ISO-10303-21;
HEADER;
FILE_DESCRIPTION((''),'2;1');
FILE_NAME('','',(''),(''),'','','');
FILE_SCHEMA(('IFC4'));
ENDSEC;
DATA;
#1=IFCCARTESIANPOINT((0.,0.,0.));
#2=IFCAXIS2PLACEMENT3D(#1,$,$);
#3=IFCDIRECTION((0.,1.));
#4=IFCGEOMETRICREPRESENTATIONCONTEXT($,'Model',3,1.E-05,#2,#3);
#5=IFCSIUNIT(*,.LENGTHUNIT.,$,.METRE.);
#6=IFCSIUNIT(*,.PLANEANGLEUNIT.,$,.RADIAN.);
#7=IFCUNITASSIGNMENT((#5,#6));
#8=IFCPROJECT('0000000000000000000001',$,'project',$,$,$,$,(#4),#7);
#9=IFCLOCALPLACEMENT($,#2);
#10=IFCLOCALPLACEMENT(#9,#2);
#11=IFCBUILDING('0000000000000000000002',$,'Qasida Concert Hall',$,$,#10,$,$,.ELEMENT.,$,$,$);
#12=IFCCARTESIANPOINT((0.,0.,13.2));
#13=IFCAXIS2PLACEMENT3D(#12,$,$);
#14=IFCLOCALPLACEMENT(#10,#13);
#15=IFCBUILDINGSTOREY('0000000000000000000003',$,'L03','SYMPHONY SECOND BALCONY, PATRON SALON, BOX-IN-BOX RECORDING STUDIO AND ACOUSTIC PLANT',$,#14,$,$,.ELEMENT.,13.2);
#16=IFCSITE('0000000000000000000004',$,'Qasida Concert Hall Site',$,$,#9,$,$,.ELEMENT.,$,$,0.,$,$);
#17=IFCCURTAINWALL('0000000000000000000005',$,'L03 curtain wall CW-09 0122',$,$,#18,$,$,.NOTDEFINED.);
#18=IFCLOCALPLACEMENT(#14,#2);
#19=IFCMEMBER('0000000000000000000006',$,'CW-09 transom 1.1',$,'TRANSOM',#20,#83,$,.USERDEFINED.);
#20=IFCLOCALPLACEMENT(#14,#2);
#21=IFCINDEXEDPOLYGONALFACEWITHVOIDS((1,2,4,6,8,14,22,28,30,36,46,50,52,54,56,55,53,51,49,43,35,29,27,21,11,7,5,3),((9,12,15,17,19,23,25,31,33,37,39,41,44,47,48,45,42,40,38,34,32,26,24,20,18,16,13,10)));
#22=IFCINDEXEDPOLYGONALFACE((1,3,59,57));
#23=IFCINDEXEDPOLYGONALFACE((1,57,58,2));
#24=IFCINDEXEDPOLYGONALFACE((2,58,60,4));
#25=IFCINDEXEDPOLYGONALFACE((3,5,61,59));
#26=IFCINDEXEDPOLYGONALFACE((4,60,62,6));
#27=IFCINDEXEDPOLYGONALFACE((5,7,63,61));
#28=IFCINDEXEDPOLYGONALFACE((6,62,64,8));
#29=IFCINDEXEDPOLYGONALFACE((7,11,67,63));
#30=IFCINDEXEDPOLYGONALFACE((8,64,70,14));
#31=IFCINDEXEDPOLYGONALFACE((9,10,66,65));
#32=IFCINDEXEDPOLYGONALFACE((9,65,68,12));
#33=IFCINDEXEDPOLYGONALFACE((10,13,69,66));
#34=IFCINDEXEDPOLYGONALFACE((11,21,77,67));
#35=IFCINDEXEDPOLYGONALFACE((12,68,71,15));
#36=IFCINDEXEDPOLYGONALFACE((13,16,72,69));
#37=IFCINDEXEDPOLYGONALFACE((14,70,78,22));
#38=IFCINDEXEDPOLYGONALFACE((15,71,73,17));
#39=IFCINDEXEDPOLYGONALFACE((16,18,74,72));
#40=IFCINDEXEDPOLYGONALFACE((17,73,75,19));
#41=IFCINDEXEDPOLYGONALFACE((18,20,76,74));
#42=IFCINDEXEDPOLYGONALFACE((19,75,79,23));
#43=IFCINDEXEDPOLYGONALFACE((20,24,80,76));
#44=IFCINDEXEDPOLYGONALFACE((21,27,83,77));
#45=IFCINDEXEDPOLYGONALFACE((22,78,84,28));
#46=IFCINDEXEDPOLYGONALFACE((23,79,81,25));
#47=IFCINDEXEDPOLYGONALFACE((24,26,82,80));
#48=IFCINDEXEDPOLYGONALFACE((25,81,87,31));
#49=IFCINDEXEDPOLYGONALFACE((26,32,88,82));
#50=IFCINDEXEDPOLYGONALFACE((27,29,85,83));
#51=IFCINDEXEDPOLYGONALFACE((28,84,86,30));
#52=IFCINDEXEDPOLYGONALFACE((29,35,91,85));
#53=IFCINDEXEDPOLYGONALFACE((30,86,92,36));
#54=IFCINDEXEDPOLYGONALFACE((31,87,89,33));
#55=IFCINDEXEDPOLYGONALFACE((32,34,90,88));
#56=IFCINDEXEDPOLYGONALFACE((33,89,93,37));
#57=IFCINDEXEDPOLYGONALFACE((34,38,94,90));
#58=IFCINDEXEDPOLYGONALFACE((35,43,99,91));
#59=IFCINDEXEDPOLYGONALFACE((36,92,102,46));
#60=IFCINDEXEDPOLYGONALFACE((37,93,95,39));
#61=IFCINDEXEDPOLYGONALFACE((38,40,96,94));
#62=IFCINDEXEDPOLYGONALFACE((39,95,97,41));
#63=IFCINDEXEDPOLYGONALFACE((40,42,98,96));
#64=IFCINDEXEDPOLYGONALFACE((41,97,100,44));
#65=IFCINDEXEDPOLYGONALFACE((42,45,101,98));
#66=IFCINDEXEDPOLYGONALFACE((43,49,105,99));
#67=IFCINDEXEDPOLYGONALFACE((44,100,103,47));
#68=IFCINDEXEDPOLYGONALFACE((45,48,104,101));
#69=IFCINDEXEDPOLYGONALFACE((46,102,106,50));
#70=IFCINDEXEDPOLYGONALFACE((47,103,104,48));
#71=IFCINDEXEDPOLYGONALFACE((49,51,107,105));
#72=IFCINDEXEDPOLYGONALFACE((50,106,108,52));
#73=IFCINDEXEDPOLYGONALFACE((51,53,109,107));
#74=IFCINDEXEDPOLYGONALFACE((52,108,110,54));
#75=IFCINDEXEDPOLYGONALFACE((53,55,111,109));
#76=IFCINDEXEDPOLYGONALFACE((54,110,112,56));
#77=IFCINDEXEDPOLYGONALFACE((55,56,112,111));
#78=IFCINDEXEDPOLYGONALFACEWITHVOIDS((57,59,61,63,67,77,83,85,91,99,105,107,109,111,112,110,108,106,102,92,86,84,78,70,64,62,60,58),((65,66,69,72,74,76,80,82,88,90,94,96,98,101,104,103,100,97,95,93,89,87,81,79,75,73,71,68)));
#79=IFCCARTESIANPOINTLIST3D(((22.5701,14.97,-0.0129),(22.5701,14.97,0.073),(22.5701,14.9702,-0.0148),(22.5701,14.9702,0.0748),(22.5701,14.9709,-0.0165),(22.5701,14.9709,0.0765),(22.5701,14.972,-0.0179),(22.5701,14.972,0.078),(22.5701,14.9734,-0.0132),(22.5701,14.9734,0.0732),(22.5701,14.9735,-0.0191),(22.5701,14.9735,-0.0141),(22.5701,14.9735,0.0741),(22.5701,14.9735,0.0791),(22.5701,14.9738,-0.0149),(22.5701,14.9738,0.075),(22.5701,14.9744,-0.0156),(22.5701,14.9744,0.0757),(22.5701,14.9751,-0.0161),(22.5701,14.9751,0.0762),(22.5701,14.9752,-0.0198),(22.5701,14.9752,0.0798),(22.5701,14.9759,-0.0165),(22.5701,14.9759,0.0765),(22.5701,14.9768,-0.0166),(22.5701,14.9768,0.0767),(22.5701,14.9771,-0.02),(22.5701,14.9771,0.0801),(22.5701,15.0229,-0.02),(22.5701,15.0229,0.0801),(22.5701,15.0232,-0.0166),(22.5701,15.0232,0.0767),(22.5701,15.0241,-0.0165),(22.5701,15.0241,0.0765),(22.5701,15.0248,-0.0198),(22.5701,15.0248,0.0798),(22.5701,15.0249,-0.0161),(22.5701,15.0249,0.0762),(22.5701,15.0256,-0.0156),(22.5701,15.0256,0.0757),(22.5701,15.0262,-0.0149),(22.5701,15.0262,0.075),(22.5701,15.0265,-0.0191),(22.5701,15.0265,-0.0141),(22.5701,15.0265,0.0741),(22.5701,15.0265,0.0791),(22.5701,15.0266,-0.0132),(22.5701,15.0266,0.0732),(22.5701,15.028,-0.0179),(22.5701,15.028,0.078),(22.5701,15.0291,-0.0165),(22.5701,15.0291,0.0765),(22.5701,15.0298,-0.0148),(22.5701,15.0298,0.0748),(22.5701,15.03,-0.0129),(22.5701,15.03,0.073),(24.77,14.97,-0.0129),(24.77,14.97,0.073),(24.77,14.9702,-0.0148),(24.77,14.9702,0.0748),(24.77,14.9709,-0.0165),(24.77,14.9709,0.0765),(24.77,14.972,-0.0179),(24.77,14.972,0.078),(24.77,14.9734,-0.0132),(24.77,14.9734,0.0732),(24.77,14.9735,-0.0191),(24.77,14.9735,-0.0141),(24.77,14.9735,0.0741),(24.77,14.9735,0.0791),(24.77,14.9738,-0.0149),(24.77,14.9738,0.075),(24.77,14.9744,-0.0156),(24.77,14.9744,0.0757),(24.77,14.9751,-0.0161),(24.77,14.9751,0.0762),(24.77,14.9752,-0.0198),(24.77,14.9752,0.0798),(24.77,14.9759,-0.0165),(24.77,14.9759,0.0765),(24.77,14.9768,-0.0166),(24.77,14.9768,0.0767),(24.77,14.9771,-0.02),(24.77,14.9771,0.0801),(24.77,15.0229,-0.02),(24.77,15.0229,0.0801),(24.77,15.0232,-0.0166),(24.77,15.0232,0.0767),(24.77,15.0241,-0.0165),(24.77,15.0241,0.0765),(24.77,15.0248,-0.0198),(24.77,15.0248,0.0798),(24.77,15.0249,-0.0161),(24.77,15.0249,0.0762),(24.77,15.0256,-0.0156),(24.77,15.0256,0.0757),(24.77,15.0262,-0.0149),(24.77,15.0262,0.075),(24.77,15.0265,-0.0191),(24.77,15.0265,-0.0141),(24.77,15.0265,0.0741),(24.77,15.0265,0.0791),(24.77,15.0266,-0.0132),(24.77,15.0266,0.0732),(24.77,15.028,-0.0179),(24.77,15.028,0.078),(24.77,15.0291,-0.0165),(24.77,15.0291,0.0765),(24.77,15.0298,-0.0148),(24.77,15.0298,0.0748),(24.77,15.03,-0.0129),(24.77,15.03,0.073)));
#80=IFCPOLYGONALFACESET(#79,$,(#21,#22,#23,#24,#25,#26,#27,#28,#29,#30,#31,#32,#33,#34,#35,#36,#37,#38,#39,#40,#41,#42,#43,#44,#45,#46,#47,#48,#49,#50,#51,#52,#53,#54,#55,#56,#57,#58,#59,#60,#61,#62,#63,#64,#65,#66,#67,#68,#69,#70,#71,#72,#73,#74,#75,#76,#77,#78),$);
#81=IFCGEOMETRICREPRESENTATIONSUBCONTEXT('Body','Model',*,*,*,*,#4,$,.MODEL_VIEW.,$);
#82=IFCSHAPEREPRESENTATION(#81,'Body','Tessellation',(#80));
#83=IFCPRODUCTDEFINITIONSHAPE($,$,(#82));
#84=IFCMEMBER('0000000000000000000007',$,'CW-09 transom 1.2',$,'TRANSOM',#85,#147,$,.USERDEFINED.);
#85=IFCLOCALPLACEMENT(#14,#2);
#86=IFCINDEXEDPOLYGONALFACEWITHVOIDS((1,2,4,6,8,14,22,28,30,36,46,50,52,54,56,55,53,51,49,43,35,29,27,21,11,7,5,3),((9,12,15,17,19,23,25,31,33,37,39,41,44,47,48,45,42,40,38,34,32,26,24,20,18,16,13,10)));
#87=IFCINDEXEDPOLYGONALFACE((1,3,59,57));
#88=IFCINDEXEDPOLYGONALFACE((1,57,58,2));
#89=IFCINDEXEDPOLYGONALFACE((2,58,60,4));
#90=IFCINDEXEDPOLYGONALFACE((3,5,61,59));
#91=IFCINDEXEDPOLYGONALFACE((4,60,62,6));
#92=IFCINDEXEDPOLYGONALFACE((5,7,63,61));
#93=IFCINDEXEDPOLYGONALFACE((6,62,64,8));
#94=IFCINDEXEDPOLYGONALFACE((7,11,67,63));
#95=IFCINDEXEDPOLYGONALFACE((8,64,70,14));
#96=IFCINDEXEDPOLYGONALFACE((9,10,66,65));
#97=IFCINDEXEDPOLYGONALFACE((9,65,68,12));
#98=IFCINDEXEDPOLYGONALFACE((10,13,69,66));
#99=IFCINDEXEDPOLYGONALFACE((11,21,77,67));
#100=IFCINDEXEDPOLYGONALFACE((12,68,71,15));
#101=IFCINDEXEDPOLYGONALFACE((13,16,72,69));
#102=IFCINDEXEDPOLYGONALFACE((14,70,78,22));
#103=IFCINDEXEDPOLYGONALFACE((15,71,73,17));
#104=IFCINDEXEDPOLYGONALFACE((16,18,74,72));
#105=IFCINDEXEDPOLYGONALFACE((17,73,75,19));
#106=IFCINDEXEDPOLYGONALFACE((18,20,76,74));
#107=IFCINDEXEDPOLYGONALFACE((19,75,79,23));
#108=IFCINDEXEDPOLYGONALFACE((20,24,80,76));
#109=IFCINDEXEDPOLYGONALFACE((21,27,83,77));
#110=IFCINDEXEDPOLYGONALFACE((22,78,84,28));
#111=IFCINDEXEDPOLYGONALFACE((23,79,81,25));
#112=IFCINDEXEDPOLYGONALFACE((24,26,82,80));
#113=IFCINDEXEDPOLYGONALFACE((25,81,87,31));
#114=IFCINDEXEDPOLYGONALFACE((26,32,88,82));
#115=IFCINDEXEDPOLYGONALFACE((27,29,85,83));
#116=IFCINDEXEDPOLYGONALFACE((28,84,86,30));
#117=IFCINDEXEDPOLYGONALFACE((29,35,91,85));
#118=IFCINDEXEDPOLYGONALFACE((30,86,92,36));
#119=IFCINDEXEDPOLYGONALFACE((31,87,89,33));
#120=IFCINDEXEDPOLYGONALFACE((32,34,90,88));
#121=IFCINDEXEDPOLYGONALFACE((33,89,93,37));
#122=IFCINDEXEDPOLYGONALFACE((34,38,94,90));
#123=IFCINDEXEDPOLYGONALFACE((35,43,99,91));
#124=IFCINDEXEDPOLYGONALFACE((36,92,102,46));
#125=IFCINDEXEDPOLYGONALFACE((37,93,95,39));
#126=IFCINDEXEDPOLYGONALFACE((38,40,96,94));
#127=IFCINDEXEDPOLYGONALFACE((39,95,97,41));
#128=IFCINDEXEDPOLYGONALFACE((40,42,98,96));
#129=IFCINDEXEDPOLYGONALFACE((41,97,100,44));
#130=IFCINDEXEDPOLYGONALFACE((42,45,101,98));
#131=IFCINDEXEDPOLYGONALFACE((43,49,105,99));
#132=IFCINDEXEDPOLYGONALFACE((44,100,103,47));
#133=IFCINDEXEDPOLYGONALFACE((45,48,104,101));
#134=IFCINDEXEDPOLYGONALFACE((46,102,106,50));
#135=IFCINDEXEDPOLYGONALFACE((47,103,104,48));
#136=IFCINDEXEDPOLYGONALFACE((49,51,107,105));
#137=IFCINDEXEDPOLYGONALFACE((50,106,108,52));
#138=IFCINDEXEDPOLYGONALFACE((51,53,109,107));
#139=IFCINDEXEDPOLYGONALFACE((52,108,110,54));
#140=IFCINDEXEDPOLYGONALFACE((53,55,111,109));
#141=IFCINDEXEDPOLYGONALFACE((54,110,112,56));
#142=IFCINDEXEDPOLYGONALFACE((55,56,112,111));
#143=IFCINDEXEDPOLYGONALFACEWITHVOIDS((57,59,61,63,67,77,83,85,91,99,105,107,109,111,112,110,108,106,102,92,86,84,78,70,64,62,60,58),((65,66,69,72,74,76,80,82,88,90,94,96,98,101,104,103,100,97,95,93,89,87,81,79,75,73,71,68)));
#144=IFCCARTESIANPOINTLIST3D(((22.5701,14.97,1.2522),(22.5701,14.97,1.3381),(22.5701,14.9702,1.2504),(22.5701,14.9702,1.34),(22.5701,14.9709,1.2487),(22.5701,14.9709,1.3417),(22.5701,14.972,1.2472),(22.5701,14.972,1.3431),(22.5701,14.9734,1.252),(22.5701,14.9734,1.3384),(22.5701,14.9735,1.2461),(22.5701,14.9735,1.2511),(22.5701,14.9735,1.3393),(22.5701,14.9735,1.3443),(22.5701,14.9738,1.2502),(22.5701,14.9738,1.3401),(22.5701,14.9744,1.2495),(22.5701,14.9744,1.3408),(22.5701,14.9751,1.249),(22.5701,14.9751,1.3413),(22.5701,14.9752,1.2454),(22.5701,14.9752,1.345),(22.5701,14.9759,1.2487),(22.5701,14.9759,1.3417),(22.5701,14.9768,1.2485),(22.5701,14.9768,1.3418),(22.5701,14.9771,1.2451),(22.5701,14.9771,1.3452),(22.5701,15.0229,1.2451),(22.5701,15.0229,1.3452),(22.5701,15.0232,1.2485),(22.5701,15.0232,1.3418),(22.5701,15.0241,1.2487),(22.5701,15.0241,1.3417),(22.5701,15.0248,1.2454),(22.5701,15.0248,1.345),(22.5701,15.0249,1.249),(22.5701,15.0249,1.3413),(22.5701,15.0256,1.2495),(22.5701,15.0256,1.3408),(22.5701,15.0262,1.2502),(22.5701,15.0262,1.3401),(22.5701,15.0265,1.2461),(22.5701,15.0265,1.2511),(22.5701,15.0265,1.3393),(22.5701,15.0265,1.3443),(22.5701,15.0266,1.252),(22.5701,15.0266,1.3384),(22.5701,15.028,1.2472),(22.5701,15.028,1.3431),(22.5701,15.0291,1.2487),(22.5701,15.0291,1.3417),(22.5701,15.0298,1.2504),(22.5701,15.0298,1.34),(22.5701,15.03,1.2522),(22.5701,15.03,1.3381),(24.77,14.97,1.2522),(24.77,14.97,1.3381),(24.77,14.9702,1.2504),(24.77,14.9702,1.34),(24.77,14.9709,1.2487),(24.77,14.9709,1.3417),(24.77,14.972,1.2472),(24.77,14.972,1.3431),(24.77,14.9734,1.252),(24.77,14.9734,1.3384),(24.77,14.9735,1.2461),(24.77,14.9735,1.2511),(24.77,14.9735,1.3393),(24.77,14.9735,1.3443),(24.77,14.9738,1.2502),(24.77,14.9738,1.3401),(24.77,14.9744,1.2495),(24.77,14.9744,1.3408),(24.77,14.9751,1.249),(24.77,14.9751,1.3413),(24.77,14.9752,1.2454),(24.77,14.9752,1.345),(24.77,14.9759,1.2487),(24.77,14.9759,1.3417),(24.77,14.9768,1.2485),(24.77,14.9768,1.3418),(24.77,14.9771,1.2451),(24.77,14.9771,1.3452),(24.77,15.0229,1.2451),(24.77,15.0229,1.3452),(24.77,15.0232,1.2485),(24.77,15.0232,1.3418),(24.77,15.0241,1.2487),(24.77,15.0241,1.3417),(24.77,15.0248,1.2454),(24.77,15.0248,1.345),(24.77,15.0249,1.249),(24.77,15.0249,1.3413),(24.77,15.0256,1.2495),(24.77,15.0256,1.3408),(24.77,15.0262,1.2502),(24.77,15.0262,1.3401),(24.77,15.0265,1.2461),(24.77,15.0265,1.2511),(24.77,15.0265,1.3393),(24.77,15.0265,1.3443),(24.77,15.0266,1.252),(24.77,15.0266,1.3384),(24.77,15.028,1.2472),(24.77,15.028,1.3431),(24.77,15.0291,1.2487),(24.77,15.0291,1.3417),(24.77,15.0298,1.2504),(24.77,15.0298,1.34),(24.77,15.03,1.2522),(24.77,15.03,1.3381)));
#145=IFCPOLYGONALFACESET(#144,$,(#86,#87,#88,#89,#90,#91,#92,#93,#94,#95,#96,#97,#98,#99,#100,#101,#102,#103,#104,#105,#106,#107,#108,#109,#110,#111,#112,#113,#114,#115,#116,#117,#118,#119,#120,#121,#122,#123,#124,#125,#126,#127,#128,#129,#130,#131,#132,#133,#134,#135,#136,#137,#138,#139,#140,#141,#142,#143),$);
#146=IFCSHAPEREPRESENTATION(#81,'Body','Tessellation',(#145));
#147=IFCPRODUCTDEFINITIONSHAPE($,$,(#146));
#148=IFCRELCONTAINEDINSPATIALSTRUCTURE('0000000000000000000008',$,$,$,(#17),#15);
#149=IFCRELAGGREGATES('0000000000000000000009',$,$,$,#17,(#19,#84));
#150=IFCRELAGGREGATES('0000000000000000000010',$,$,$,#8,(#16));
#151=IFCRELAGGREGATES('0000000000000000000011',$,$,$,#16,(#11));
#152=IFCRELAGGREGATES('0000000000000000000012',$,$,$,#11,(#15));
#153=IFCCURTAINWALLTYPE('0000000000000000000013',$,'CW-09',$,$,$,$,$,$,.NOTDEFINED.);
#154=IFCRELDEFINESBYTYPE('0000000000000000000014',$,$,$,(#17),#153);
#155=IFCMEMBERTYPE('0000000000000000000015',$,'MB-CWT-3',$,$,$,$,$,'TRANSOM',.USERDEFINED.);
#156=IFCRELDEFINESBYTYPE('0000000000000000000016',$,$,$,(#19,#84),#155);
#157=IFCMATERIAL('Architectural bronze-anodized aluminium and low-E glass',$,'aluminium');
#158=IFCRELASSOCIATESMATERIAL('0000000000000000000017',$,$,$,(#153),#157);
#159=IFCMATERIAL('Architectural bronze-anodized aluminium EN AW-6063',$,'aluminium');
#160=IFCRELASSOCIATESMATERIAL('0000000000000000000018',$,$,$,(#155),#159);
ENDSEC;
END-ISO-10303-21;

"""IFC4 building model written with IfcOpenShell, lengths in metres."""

from ifc_helpers import new_model, si_unit, direction, frame, origin, origin_2d, place, context, subcontext, project, spatial, hollow_rectangle, extrude, material, material_profile, profile_set, type_object, element, aggregate, save


model = new_model("IFC4")

# Units and contexts
model_context = context("Model", 3, precision=1e-05, world=origin(), true_north=direction((0.0, 1.0)))
body_context = subcontext(model_context, "Body", "Model", "MODEL_VIEW")
ifc_project = project(units=[si_unit("LENGTHUNIT", "METRE"), si_unit("PLANEANGLEUNIT", "RADIAN")], contexts=[model_context])

# Site, building, storey
site_placement = place(None, origin())
site = spatial("IfcSite", under=ifc_project, at=site_placement, Name="Qasida Concert Hall Site", CompositionType="ELEMENT", RefElevation=0.0)
building_placement = place(site_placement, origin())
building = spatial("IfcBuilding", under=site, at=building_placement, Name="Qasida Concert Hall", CompositionType="ELEMENT")
storey_placement = place(building_placement, frame((0.0, 0.0, 13.2)))
storey = spatial("IfcBuildingStorey", under=building, at=storey_placement, Name="L03", Description="SYMPHONY SECOND BALCONY, PATRON SALON, BOX-IN-BOX RECORDING STUDIO AND ACOUSTIC PLANT", CompositionType="ELEMENT", Elevation=13.2)

# Shared definitions
ifc_material_1 = material(Name="Architectural bronze-anodized aluminium and low-E glass", Category="aluminium")
curtain_wall_type = type_object("IfcCurtainWallType", Name="CW-09", PredefinedType="NOTDEFINED", material=ifc_material_1)
ifc_material_2 = material(Name="Architectural bronze-anodized aluminium EN AW-6063", Category="aluminium")

# Curtain wall
curtain_wall_1_placement = place(storey_placement, origin())
curtain_wall_1 = element("IfcCurtainWall", 1, at=curtain_wall_1_placement, inside=storey, type_object=curtain_wall_type, Name="L03 curtain wall CW-09 0122", PredefinedType="NOTDEFINED")

# Members
ifc_material_profile_1 = material_profile(ifc_material_2, hollow_rectangle(XDim=0.0601, YDim=0.1001, WallThickness=0.0034, InnerFilletRadius=0.0034, OuterFilletRadius=0.0071, at=origin_2d()), Name="CWT 100x60x3.5")
ifc_profile_set_1 = profile_set([ifc_material_profile_1], Name="Architectural bronze-anodized aluminium EN AW-6063")
member_type_1 = type_object("IfcMemberType", Name="MB-CWT-3", ElementType="TRANSOM", PredefinedType="USERDEFINED", material=ifc_profile_set_1)
member_1_placement = place(storey_placement, frame((22.5701, 15.0, 0.03), z_axis=(1.0, 0.0, 0.0), x_axis=(0.0, 1.0, 0.0)))
member_1 = element("IfcMember", 2, at=member_1_placement, type_object=member_type_1, Name="CW-09 transom 1.1", ObjectType="TRANSOM", PredefinedType="USERDEFINED", context=body_context, shape_type="SweptSolid", body=[
    extrude(hollow_rectangle(XDim=0.0601, YDim=0.1001, WallThickness=0.0034, InnerFilletRadius=0.0034, OuterFilletRadius=0.0071, at=origin_2d()), origin(), (0.0, 0.0, 1.0), 2.2),
])
member_2_placement = place(storey_placement, frame((22.5701, 15.0, 1.2952), z_axis=(1.0, 0.0, 0.0), x_axis=(0.0, 1.0, 0.0)))
member_2 = element("IfcMember", 3, at=member_2_placement, type_object=member_type_1, Name="CW-09 transom 1.2", ObjectType="TRANSOM", PredefinedType="USERDEFINED", context=body_context, shape_type="SweptSolid", body=[
    extrude(hollow_rectangle(XDim=0.0601, YDim=0.1001, WallThickness=0.0034, InnerFilletRadius=0.0034, OuterFilletRadius=0.0071, at=origin_2d()), origin(), (0.0, 0.0, 1.0), 2.2),
])
aggregate(curtain_wall_1, [member_1, member_2])

save(model, "model.ifc")
